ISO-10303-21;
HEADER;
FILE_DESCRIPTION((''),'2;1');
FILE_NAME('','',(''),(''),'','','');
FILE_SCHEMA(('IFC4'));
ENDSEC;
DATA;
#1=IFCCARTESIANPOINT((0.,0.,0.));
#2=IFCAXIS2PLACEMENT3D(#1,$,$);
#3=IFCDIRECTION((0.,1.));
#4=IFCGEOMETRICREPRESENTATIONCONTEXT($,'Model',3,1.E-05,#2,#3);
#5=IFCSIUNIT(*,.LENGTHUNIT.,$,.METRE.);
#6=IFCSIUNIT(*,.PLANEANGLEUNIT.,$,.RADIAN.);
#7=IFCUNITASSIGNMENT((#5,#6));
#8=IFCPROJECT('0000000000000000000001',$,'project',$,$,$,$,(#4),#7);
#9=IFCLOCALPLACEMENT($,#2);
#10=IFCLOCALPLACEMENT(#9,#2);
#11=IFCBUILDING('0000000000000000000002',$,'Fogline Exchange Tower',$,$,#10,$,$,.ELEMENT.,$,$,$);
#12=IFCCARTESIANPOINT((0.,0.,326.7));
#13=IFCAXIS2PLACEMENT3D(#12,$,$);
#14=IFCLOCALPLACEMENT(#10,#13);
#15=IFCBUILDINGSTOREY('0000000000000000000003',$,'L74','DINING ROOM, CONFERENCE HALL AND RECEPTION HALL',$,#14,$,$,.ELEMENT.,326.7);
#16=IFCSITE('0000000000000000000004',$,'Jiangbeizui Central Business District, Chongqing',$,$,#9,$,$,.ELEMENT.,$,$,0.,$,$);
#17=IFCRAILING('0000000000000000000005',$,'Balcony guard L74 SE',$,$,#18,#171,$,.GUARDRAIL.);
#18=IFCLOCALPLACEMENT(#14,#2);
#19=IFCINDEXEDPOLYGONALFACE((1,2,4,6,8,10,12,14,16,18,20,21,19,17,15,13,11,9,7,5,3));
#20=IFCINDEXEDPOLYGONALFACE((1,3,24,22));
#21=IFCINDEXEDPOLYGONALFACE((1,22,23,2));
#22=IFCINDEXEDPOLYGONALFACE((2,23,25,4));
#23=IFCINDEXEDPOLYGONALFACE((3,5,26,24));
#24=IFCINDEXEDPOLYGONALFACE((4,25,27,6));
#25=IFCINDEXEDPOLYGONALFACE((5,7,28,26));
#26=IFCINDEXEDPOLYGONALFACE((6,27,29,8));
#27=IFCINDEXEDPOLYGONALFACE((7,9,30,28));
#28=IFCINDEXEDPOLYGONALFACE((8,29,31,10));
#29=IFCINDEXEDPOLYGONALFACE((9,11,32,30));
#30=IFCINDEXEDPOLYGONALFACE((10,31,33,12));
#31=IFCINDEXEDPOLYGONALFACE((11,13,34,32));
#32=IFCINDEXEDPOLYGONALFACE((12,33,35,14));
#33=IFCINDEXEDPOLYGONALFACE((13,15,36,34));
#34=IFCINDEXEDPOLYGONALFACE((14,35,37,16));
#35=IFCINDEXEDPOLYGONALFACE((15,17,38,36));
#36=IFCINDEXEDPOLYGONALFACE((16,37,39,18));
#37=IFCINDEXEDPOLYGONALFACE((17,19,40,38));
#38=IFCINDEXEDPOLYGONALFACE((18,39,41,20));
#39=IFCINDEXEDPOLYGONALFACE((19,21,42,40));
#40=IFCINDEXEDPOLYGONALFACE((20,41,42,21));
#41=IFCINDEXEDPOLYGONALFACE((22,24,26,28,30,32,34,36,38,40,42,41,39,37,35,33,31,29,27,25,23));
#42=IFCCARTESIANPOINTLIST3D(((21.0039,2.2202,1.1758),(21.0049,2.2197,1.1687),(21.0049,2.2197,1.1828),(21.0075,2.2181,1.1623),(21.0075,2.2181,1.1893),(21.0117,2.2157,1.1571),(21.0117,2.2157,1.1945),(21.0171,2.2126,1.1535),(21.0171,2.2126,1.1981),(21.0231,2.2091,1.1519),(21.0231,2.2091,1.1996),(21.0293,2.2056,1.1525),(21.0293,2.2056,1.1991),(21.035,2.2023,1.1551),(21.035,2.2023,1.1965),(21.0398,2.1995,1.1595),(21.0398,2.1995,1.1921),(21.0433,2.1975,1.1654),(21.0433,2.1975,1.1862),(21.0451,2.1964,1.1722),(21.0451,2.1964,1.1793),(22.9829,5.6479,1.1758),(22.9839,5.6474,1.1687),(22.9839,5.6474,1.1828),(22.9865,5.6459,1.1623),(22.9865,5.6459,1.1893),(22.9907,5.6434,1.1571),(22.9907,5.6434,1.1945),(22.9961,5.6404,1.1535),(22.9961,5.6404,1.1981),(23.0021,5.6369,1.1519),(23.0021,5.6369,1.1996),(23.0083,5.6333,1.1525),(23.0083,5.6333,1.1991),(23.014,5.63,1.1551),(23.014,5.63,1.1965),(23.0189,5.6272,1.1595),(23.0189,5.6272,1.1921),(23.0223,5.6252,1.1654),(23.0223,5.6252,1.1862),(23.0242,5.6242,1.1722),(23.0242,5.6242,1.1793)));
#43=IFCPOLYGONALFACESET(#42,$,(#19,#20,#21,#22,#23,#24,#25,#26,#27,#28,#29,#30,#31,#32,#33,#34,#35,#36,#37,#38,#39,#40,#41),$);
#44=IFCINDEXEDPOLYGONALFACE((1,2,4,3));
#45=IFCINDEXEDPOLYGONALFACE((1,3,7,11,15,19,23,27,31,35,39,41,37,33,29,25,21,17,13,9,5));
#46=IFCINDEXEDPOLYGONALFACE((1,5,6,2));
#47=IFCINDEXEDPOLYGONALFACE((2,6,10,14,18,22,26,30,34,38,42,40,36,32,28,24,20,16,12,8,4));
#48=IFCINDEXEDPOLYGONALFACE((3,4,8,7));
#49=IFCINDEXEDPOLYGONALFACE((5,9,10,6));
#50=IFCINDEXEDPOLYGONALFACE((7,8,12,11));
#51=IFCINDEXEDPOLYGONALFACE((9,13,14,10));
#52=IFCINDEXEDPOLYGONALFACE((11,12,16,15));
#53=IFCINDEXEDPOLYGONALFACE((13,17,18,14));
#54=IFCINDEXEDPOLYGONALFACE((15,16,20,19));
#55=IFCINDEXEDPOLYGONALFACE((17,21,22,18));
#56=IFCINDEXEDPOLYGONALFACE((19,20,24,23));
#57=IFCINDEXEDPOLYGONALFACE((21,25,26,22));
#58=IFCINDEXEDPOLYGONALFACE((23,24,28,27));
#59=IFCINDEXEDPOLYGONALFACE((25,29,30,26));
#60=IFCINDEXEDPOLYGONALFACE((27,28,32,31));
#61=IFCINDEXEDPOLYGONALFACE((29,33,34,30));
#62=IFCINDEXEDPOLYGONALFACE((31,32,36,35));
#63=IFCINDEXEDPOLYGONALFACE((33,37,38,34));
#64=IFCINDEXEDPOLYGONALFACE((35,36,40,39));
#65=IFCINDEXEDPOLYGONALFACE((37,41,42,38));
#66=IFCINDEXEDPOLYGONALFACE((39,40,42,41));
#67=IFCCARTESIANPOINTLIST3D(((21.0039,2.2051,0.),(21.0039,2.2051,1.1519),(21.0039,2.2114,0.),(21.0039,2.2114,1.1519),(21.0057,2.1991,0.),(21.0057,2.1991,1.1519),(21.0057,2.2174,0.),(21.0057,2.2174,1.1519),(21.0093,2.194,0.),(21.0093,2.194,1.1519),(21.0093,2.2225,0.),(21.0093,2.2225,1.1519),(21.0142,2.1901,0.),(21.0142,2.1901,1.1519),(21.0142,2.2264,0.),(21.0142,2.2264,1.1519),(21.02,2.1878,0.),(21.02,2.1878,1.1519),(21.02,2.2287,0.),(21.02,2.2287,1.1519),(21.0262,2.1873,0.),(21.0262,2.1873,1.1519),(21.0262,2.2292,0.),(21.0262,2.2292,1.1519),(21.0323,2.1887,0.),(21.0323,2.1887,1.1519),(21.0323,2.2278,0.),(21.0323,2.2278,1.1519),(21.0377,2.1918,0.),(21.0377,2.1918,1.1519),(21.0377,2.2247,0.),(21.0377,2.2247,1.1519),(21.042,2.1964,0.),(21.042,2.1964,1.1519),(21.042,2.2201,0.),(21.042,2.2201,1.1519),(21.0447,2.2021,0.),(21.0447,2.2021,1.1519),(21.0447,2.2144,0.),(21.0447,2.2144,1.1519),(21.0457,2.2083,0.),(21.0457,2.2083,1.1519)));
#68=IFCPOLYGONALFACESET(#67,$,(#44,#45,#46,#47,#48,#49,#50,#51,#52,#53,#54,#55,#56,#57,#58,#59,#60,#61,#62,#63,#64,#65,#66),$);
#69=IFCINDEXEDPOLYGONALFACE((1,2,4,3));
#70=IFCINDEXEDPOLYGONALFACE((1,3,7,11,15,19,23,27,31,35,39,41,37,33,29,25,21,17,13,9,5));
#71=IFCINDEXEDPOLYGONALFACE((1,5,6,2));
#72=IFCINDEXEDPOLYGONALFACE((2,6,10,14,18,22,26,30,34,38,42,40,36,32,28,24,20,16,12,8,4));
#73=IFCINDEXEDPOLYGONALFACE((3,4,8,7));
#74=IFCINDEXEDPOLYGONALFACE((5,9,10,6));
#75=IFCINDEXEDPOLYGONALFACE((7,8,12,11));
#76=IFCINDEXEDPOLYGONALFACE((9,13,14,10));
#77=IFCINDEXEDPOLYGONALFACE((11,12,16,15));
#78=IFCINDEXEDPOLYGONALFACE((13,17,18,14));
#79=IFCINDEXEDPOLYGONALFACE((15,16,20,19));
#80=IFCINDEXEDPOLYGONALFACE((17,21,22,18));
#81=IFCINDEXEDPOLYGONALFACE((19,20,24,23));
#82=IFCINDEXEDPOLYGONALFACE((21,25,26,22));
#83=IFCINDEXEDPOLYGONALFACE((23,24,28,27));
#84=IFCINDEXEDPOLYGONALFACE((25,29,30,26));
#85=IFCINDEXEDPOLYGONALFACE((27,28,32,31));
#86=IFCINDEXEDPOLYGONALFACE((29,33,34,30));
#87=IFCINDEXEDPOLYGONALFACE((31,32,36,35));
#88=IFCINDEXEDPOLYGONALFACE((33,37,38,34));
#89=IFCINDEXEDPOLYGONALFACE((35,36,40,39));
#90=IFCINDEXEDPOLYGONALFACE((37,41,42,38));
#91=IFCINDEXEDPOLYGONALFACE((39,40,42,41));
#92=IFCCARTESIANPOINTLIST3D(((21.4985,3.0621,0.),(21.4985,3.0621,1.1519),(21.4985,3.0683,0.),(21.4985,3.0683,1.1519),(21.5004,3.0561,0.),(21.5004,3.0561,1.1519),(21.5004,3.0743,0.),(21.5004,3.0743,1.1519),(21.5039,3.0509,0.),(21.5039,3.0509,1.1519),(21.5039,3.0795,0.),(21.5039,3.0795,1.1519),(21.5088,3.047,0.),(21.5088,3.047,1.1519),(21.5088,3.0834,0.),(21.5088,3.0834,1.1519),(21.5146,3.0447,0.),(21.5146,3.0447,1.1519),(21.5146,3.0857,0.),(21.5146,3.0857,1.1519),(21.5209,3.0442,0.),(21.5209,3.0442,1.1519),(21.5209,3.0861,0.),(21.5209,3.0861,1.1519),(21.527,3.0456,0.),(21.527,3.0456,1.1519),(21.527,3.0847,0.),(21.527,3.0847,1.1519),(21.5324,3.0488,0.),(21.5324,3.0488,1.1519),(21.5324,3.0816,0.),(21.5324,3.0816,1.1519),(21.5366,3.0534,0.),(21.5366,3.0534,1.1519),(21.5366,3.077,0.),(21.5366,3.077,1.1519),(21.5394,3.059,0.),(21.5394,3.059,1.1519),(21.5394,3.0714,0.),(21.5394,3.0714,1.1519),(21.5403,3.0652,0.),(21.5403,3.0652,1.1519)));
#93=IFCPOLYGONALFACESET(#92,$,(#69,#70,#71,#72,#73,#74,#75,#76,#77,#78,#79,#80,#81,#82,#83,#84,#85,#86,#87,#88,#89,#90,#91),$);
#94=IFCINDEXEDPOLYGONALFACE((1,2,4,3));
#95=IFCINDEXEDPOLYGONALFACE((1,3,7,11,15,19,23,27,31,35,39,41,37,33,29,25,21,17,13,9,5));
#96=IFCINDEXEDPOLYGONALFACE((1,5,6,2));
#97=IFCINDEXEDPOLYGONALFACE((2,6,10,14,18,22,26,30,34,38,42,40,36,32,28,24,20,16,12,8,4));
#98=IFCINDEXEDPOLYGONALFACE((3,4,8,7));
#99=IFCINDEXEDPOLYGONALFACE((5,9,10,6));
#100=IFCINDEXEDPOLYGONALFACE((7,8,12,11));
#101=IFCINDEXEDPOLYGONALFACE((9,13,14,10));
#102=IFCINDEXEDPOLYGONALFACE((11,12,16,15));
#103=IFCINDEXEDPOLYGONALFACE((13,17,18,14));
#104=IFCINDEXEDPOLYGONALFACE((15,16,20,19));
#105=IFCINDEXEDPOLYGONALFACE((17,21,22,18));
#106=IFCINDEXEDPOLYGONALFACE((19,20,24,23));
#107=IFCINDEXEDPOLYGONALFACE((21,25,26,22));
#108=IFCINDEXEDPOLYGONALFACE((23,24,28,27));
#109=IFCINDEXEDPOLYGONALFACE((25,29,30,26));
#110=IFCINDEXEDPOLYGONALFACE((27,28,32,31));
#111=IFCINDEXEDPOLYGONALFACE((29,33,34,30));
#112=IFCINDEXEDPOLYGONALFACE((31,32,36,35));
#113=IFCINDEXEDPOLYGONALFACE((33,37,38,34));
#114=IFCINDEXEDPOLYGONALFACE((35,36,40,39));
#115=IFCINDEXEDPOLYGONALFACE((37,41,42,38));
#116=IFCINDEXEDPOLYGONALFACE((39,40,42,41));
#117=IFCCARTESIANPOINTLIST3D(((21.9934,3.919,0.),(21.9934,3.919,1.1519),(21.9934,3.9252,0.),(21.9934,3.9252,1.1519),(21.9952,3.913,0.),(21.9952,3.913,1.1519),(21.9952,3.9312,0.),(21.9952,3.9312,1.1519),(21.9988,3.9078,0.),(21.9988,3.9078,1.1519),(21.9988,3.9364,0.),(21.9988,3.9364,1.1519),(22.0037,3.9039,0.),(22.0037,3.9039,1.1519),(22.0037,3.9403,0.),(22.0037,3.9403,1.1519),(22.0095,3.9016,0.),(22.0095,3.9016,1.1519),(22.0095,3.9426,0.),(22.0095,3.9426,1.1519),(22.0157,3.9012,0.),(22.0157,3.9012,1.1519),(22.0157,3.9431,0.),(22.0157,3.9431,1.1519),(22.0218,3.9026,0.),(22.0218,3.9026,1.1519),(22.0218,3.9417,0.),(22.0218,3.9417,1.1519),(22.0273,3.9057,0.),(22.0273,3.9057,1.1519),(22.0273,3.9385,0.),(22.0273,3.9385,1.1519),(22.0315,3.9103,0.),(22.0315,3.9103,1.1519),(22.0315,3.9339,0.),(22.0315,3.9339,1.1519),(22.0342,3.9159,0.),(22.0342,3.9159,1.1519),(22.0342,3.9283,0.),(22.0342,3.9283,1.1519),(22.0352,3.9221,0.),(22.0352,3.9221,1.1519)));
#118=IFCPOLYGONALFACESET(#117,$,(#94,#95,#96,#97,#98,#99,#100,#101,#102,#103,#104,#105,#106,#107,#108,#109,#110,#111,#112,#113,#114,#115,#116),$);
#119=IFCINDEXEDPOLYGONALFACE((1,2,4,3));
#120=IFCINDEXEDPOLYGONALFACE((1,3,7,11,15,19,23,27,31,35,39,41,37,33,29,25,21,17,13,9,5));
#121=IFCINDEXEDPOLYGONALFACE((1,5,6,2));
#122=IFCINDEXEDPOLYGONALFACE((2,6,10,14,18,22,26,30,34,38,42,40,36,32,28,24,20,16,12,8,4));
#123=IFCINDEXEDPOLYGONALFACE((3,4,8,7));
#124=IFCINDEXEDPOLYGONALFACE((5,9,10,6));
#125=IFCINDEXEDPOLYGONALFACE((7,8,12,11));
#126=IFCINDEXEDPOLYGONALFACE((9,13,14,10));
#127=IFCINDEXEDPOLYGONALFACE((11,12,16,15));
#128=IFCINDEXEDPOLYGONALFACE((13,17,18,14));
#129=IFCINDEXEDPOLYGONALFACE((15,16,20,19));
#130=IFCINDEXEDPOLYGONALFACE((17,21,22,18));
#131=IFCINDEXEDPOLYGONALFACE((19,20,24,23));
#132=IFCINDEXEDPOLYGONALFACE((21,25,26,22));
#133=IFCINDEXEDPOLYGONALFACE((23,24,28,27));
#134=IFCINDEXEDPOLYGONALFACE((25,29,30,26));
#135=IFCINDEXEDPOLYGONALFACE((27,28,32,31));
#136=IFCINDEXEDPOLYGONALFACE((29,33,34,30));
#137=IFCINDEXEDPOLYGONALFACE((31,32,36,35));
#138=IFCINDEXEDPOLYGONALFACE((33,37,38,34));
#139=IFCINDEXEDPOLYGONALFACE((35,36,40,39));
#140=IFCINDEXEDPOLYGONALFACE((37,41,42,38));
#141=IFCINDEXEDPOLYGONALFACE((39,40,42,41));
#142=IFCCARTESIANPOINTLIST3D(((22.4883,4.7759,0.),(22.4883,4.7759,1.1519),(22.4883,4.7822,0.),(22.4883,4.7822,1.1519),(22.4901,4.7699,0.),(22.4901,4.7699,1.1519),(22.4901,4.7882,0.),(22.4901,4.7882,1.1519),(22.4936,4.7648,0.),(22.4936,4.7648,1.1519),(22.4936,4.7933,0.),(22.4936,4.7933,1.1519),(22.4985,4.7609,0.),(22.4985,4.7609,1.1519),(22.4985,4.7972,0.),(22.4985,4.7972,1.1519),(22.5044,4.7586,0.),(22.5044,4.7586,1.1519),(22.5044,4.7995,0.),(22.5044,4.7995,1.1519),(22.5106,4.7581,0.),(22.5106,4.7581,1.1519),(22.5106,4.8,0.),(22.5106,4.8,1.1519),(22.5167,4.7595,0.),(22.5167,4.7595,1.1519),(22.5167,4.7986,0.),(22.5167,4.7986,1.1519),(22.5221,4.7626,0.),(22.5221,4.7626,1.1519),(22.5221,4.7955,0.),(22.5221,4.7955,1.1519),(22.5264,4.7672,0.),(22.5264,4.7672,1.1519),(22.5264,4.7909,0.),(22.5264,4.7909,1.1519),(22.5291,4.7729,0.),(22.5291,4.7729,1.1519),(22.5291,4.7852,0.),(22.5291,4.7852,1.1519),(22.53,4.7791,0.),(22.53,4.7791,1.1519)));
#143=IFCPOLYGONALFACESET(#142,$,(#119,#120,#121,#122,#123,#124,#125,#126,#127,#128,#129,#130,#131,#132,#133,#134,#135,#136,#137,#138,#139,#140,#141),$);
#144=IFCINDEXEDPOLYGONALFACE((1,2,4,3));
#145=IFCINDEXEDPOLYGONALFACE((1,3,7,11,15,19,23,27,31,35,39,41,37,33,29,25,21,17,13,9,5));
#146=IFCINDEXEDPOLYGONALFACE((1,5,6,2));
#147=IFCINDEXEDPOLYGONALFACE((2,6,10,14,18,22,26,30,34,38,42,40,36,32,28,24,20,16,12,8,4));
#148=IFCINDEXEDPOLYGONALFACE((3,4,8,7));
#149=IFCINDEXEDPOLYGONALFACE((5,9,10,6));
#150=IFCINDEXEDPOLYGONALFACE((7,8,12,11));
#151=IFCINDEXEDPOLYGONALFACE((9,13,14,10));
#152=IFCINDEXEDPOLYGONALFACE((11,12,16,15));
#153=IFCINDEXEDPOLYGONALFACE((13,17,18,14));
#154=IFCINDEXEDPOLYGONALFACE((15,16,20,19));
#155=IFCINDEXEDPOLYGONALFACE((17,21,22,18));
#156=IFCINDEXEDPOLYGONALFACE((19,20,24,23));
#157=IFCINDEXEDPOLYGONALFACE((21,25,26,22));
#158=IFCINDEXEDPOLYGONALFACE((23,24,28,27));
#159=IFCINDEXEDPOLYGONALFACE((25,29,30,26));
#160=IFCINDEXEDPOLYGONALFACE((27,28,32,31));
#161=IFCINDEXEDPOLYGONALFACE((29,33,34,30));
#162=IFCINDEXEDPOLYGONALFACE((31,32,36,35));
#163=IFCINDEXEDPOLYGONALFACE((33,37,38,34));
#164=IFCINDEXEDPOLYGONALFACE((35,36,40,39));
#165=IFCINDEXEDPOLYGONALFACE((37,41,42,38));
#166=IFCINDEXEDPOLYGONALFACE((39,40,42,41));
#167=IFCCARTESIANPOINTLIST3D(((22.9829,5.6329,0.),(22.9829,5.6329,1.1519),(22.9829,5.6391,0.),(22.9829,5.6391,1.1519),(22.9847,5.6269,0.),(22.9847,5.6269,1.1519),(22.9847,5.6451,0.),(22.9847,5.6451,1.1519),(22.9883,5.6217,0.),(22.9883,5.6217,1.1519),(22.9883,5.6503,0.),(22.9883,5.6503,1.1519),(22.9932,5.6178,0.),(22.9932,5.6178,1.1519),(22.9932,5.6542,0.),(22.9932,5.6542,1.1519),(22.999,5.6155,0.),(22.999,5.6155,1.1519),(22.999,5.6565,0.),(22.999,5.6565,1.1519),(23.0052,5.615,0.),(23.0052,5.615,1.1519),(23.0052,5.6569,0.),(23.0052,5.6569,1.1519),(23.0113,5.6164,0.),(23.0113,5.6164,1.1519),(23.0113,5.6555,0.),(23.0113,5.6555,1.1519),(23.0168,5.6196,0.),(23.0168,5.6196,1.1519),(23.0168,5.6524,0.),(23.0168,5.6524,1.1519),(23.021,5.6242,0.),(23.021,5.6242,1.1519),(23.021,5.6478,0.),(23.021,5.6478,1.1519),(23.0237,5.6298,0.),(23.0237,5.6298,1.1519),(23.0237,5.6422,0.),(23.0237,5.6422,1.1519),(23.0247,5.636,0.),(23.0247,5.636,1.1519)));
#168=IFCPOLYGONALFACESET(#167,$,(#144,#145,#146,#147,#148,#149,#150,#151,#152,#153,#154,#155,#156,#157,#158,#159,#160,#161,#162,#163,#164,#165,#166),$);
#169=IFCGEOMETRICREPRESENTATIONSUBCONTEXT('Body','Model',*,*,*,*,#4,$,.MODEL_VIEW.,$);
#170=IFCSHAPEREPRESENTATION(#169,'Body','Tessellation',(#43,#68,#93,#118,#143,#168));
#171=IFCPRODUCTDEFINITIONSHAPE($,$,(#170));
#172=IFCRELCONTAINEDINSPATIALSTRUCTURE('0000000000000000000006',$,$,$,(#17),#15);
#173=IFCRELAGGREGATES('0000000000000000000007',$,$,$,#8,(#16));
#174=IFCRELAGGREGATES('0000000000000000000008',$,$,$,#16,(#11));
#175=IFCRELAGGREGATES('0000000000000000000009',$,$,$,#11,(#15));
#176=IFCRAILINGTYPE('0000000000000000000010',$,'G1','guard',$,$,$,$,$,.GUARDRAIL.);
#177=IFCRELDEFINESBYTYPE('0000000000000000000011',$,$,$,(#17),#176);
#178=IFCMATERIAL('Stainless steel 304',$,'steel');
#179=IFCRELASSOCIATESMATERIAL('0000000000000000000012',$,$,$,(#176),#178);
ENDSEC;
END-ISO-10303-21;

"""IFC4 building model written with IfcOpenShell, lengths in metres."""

from ifc_helpers import new_model, si_unit, direction, frame, origin, origin_2d, place, context, subcontext, project, spatial, circle, extrude, material, type_object, element, save


model = new_model("IFC4")

# Units and contexts
model_context = context("Model", 3, precision=1e-05, world=origin(), true_north=direction((0.0, 1.0)))
body_context = subcontext(model_context, "Body", "Model", "MODEL_VIEW")
ifc_project = project(units=[si_unit("LENGTHUNIT", "METRE"), si_unit("PLANEANGLEUNIT", "RADIAN")], contexts=[model_context])

# Site, building, storey
site_placement = place(None, origin())
site = spatial("IfcSite", under=ifc_project, at=site_placement, Name="Jiangbeizui Central Business District, Chongqing", CompositionType="ELEMENT", RefElevation=0.0)
building_placement = place(site_placement, origin())
building = spatial("IfcBuilding", under=site, at=building_placement, Name="Fogline Exchange Tower", CompositionType="ELEMENT")
storey_placement = place(building_placement, frame((0.0, 0.0, 326.7)))
storey = spatial("IfcBuildingStorey", under=building, at=storey_placement, Name="L74", Description="DINING ROOM, CONFERENCE HALL AND RECEPTION HALL", CompositionType="ELEMENT", Elevation=326.7)

# Railing
ifc_material_1 = material(Name="Stainless steel 304", Category="steel")
railing_type = type_object("IfcRailingType", Name="G1", Description="guard", PredefinedType="GUARDRAIL", material=ifc_material_1)
railing_placement = place(storey_placement, frame((21.0247, 2.2083, 0.0)))
element("IfcRailing", 1, at=railing_placement, inside=storey, type_object=railing_type, Name="Balcony guard L74 SE", PredefinedType="GUARDRAIL", context=body_context, shape_type="SweptSolid", body=[
    extrude(circle(Radius=0.0239, at=origin_2d()), frame((0.0, 0.0, 1.1758), z_axis=(0.5, 0.866025, 0.0), x_axis=(-0.866025, 0.5, 0.0)), (0.0, 0.0, 1.0), 3.958),
    extrude(circle(Radius=0.021, at=origin_2d()), origin(), (0.0, 0.0, 1.0), 1.1519),
    extrude(circle(Radius=0.021, at=origin_2d()), frame((0.4946, 0.8569, 0.0)), (0.0, 0.0, 1.0), 1.1519),
    extrude(circle(Radius=0.021, at=origin_2d()), frame((0.9895, 1.7139, 0.0)), (0.0, 0.0, 1.0), 1.1519),
    extrude(circle(Radius=0.021, at=origin_2d()), frame((1.4844, 2.5708, 0.0)), (0.0, 0.0, 1.0), 1.1519),
    extrude(circle(Radius=0.021, at=origin_2d()), frame((1.979, 3.4277, 0.0)), (0.0, 0.0, 1.0), 1.1519),
])

save(model, "model.ifc")
